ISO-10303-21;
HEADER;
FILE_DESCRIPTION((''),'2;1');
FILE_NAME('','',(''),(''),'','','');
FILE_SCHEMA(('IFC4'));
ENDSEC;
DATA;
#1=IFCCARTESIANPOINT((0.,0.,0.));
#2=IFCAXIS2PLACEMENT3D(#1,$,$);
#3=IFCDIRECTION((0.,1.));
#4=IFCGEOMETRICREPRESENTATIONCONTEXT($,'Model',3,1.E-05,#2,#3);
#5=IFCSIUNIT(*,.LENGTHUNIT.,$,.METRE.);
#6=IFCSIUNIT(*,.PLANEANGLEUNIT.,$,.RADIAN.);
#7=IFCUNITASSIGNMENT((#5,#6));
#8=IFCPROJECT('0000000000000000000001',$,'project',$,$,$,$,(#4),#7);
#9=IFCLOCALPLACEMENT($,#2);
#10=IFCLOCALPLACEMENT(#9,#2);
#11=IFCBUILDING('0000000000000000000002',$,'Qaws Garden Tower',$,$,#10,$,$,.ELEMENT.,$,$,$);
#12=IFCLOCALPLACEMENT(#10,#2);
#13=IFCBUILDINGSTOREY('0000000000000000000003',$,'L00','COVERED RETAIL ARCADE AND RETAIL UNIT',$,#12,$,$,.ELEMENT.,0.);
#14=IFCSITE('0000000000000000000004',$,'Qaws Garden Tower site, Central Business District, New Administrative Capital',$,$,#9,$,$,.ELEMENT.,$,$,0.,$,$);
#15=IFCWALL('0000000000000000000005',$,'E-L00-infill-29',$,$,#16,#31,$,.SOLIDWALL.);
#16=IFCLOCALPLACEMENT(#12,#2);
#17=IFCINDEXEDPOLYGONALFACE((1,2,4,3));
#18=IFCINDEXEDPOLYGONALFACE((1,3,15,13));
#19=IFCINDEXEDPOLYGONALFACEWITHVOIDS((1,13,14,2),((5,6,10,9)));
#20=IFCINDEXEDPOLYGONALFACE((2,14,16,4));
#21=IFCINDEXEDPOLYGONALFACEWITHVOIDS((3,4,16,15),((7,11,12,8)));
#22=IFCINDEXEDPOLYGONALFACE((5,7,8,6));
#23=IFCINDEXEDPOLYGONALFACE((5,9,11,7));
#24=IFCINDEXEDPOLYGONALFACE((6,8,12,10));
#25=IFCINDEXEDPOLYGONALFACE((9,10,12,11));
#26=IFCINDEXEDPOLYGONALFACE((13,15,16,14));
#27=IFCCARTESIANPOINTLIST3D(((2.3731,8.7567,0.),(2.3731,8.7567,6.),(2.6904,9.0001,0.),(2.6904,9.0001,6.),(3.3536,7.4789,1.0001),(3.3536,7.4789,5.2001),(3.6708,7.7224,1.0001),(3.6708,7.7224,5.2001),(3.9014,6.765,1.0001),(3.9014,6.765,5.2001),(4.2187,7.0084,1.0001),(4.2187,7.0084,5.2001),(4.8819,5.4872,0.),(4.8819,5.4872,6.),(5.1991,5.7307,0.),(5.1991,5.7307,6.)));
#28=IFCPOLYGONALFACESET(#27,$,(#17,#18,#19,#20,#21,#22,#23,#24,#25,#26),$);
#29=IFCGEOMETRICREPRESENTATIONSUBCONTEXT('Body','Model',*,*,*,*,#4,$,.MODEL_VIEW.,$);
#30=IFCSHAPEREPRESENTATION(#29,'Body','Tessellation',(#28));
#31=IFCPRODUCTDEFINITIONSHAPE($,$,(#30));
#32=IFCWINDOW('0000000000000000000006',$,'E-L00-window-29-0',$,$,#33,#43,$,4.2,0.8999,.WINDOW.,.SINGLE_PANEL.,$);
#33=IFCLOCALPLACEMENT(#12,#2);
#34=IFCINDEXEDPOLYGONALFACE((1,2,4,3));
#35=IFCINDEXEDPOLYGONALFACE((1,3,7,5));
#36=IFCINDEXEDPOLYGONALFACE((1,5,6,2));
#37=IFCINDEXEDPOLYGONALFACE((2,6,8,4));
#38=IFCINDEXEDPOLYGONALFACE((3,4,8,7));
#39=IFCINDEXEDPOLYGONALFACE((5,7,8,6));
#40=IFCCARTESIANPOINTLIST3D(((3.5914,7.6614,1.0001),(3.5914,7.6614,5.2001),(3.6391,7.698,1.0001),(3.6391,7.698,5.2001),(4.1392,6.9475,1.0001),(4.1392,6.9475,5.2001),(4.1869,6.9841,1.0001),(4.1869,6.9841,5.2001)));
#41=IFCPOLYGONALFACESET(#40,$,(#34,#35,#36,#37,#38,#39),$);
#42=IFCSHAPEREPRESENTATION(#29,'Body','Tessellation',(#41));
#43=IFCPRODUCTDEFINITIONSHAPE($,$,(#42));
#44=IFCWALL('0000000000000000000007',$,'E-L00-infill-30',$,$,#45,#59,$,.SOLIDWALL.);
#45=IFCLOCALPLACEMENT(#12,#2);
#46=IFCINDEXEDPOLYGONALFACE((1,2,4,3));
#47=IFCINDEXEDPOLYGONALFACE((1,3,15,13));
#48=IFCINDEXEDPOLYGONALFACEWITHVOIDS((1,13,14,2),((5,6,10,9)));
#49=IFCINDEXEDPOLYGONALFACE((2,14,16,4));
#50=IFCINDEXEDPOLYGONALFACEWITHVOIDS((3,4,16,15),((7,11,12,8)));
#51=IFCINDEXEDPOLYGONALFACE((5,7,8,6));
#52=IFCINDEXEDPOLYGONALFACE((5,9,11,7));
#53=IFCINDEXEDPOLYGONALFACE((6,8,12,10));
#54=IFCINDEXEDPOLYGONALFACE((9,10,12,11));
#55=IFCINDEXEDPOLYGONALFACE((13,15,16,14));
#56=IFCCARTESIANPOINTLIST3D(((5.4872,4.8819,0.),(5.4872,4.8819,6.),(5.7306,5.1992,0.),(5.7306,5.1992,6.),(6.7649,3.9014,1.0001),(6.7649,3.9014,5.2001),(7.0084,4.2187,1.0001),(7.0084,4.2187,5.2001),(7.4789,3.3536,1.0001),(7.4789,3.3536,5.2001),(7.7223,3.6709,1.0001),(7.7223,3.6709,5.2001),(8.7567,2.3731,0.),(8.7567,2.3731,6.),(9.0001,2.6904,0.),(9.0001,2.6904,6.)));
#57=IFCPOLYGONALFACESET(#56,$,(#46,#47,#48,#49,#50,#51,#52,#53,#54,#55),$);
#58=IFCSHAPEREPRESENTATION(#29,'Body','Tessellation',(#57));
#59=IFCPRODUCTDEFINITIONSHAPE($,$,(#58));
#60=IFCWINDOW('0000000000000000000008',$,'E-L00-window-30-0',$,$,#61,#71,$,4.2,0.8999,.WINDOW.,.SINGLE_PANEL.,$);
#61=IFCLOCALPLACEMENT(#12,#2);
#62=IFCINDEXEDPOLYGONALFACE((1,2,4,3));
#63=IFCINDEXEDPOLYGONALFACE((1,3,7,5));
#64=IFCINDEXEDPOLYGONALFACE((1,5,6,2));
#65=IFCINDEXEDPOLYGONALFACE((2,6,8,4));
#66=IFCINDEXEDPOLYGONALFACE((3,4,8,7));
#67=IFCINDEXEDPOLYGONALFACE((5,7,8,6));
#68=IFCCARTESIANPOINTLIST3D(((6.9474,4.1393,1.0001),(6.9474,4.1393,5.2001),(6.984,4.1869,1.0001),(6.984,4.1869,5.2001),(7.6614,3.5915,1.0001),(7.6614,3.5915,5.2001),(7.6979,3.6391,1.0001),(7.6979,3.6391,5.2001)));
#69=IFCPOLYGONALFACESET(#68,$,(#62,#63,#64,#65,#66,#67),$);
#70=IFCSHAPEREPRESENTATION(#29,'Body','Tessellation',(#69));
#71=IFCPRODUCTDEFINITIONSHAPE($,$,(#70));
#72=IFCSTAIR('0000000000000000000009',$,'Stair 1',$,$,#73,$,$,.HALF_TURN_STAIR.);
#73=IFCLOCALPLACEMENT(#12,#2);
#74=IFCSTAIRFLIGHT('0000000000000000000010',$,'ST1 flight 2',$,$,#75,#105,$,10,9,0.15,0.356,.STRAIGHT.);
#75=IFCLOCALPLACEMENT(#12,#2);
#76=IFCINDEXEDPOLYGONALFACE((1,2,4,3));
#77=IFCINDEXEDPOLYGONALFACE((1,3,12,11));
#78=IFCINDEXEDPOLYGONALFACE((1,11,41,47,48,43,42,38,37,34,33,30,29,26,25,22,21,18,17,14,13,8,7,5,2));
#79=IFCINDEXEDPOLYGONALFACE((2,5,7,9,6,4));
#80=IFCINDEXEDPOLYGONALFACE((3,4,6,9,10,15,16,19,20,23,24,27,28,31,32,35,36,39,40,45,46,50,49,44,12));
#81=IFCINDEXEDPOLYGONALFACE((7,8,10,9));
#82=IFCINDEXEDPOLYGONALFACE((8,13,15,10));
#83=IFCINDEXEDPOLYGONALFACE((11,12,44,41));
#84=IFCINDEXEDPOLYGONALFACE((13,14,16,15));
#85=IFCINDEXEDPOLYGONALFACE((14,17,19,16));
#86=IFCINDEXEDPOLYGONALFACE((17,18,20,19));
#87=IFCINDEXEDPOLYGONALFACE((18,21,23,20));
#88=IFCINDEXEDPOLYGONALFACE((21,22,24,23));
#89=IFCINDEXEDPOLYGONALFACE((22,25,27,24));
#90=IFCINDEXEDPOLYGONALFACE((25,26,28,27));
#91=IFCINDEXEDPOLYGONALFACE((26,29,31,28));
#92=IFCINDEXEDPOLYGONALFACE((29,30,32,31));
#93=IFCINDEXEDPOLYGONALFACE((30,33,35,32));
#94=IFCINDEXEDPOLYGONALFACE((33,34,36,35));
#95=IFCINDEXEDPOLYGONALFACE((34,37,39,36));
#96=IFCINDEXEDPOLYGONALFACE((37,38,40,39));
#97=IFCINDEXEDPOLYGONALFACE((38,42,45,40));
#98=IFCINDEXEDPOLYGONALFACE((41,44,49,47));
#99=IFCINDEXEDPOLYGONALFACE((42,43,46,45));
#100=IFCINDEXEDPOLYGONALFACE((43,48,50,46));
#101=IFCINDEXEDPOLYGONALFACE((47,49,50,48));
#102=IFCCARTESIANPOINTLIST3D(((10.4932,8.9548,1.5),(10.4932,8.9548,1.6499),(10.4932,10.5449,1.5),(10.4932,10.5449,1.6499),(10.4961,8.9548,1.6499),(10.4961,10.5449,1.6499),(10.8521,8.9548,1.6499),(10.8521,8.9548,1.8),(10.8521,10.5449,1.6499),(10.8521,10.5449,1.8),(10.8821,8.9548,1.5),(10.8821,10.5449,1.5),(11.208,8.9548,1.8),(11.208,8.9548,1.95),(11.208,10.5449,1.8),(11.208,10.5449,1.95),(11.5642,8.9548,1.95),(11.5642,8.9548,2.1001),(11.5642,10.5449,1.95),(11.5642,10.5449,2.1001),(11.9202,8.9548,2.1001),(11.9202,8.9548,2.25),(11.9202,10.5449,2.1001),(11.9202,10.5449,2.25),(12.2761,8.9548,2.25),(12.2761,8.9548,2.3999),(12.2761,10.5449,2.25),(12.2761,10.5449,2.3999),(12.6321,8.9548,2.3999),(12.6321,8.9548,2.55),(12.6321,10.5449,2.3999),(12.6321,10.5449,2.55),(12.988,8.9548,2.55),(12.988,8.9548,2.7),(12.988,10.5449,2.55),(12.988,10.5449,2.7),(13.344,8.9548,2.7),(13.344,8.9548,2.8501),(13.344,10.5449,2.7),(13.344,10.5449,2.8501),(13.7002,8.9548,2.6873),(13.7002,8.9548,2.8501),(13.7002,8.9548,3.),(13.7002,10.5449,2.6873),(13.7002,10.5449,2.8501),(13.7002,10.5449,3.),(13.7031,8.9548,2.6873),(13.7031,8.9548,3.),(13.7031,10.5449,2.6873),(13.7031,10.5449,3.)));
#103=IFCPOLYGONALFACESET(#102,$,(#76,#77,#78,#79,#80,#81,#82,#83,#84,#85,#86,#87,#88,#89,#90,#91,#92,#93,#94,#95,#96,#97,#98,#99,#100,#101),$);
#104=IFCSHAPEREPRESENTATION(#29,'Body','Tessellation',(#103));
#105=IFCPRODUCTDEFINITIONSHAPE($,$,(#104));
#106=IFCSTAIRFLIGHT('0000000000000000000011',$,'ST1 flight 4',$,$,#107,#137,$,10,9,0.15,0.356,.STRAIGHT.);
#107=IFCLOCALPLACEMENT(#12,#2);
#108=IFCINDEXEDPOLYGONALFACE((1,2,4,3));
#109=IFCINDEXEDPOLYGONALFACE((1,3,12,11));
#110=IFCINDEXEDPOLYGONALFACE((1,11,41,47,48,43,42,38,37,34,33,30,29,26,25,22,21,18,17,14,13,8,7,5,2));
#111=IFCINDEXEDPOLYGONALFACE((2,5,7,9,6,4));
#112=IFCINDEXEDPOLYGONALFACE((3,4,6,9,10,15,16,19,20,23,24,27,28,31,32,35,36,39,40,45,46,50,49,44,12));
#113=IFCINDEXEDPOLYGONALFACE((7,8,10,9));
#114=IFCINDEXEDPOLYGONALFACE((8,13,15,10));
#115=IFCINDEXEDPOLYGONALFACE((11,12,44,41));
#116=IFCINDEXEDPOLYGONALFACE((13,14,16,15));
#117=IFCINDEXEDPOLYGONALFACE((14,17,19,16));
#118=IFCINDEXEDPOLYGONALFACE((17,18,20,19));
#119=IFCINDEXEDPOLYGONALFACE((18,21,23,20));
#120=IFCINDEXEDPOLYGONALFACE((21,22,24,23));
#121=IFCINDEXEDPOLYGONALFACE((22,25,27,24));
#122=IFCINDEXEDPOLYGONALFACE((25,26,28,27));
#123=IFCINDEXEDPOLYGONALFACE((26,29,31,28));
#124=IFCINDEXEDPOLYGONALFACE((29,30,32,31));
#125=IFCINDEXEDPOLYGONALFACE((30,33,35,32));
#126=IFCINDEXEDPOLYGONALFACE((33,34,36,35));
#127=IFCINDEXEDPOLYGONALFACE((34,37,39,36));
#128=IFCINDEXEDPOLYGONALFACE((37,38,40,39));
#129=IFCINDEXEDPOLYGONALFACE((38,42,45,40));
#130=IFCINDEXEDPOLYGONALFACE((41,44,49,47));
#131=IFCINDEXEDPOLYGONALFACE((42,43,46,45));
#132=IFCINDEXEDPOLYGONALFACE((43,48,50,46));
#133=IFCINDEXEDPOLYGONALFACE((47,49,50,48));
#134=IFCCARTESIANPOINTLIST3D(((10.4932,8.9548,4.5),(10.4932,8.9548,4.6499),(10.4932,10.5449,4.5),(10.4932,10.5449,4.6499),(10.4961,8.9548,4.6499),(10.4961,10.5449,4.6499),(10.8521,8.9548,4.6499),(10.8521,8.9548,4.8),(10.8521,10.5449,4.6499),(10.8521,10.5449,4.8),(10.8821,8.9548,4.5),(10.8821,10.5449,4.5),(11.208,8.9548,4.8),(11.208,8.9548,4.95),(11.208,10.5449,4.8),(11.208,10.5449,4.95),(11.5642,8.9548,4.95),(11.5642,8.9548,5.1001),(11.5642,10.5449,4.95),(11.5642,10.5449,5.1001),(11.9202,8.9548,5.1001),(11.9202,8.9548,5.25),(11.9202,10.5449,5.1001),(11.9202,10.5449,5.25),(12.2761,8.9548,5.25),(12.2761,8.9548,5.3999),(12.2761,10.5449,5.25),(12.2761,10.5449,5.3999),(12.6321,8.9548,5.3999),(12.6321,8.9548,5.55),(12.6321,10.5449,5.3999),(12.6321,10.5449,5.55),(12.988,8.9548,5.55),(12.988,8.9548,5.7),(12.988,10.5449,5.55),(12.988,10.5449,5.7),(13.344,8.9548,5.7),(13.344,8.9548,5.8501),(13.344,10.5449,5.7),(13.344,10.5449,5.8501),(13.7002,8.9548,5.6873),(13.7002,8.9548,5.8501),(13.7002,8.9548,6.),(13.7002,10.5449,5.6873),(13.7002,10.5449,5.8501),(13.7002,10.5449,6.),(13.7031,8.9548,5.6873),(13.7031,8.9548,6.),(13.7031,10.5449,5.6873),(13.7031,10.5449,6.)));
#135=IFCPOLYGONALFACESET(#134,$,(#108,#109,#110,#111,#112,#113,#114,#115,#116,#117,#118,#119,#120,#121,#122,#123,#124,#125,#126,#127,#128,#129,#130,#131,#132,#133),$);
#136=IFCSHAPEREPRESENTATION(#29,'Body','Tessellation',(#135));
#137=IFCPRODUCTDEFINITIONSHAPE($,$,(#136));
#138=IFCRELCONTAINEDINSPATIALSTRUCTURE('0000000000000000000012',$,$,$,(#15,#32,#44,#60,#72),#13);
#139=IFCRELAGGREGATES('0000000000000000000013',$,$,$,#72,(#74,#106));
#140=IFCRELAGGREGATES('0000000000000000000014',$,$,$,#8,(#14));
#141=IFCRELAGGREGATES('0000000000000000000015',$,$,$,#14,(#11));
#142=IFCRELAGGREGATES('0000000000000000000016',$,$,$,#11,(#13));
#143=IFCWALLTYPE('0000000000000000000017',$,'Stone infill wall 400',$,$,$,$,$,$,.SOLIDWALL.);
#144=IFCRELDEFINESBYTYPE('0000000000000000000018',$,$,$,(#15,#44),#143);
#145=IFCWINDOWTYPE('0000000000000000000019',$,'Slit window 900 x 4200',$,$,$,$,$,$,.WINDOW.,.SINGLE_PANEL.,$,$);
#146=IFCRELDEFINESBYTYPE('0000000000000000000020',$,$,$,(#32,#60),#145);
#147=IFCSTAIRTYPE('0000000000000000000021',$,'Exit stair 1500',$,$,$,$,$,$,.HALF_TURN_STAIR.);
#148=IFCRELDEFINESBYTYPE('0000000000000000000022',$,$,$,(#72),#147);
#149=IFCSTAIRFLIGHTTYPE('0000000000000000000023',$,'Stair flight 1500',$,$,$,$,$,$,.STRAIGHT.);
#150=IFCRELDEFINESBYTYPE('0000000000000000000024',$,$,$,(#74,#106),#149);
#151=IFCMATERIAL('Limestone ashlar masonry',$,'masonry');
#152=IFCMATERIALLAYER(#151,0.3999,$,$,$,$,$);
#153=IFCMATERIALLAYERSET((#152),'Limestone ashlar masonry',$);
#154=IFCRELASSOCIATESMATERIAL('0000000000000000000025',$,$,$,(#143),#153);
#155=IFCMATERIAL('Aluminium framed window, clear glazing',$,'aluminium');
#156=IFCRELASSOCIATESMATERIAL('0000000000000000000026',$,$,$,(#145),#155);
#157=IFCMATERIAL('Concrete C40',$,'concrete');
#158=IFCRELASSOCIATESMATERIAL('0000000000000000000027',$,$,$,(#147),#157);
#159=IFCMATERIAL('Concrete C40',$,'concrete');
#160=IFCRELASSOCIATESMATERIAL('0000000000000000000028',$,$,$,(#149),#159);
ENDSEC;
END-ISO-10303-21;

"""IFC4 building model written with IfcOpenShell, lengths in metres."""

from ifc_helpers import new_model, si_unit, direction, frame, frame_2d, origin, place, context, subcontext, project, spatial, polyline, rectangle, outline, extrude, material, layer, layer_set, type_object, element, fill, aggregate, save


model = new_model("IFC4")

# Units and contexts
model_context = context("Model", 3, precision=1e-05, world=origin(), true_north=direction((0.0, 1.0)))
body_context = subcontext(model_context, "Body", "Model", "MODEL_VIEW")
ifc_project = project(units=[si_unit("LENGTHUNIT", "METRE"), si_unit("PLANEANGLEUNIT", "RADIAN")], contexts=[model_context])

# Site, building, storey
site_placement = place(None, origin())
site = spatial("IfcSite", under=ifc_project, at=site_placement, Name="Qaws Garden Tower site, Central Business District, New Administrative Capital", CompositionType="ELEMENT", RefElevation=0.0)
building_placement = place(site_placement, origin())
building = spatial("IfcBuilding", under=site, at=building_placement, Name="Qaws Garden Tower", CompositionType="ELEMENT")
storey_placement = place(building_placement, origin())
storey = spatial("IfcBuildingStorey", under=building, at=storey_placement, Name="L00", Description="COVERED RETAIL ARCADE AND RETAIL UNIT", CompositionType="ELEMENT", Elevation=0.0)

# Walls, openings, windows
ifc_material_1 = material(Name="Limestone ashlar masonry", Category="masonry")
ifc_layer_1 = layer(ifc_material_1, 0.3999)
ifc_layer_set_1 = layer_set([ifc_layer_1], Name="Limestone ashlar masonry")
wall_type_1 = type_object("IfcWallType", Name="Stone infill wall 400", PredefinedType="SOLIDWALL", material=ifc_layer_set_1)
ifc_material_2 = material(Name="Aluminium framed window, clear glazing", Category="aluminium")
window_type = type_object("IfcWindowType", Name="Slit window 900 x 4200", PartitioningType="SINGLE_PANEL", PredefinedType="WINDOW", material=ifc_material_2)
wall_1_placement = place(storey_placement, frame((2.5317, 8.8784, 0.0), z_axis=(0.0, 0.0, 1.0), x_axis=(0.60876, -0.793355, 0.0)))
wall_1 = element("IfcWall", 1, at=wall_1_placement, inside=storey, type_object=wall_type_1, Name="E-L00-infill-29", PredefinedType="SOLIDWALL", context=body_context, shape_type="SweptSolid", body=[
    extrude(rectangle(XDim=4.1211, YDim=0.3999, at=frame_2d((2.0605, 0.0))), origin(), (0.0, 0.0, 1.0), 6.0),
])
opening_1_placement = place(wall_1_placement, frame((1.6106, 0.0, 1.0)))
opening_1 = element("IfcOpeningElement", 2, at=opening_1_placement, cuts=wall_1, PredefinedType="OPENING", context=body_context, shape_type="SweptSolid", body=[
    extrude(rectangle(XDim=0.8999, YDim=4.2, at=frame_2d((0.45, 2.1001))), frame((0.0, 0.21, 0.0), z_axis=(0.0, -1.0, 0.0), x_axis=(1.0, 0.0, 0.0)), (0.0, 0.0, 1.0), 0.4199),
])
window_1_placement = place(opening_1_placement, origin())
window_1 = element("IfcWindow", 3, at=window_1_placement, inside=storey, type_object=window_type, Name="E-L00-window-29-0", OverallHeight=4.2, OverallWidth=0.8999, PartitioningType="SINGLE_PANEL", PredefinedType="WINDOW", context=body_context, shape_type="SweptSolid", body=[
    extrude(rectangle(XDim=0.8999, YDim=4.2, at=frame_2d((0.45, 2.1001))), frame((0.0, 0.1599, 0.0), z_axis=(0.0, -1.0, 0.0), x_axis=(1.0, 0.0, 0.0)), (0.0, 0.0, 1.0), 0.0601),
])
fill(opening_1, window_1)
wall_2_placement = place(storey_placement, frame((5.6089, 5.0405, 0.0), z_axis=(0.0, 0.0, 1.0), x_axis=(0.793355, -0.60876, 0.0)))
wall_2 = element("IfcWall", 4, at=wall_2_placement, inside=storey, type_object=wall_type_1, Name="E-L00-infill-30", PredefinedType="SOLIDWALL", context=body_context, shape_type="SweptSolid", body=[
    extrude(rectangle(XDim=4.1211, YDim=0.3999, at=frame_2d((2.0605, 0.0))), origin(), (0.0, 0.0, 1.0), 6.0),
])
opening_2_placement = place(wall_2_placement, frame((1.6106, 0.0, 1.0)))
opening_2 = element("IfcOpeningElement", 5, at=opening_2_placement, cuts=wall_2, PredefinedType="OPENING", context=body_context, shape_type="SweptSolid", body=[
    extrude(rectangle(XDim=0.8999, YDim=4.2, at=frame_2d((0.45, 2.1001))), frame((0.0, 0.21, 0.0), z_axis=(0.0, -1.0, 0.0), x_axis=(1.0, 0.0, 0.0)), (0.0, 0.0, 1.0), 0.4199),
])
window_2_placement = place(opening_2_placement, origin())
window_2 = element("IfcWindow", 6, at=window_2_placement, inside=storey, type_object=window_type, Name="E-L00-window-30-0", OverallHeight=4.2, OverallWidth=0.8999, PartitioningType="SINGLE_PANEL", PredefinedType="WINDOW", context=body_context, shape_type="SweptSolid", body=[
    extrude(rectangle(XDim=0.8999, YDim=4.2, at=frame_2d((0.45, 2.1001))), frame((0.0, 0.1599, 0.0), z_axis=(0.0, -1.0, 0.0), x_axis=(1.0, 0.0, 0.0)), (0.0, 0.0, 1.0), 0.0601),
])
fill(opening_2, window_2)

# Stair, stair flights
ifc_material_3 = material(Name="Concrete C40", Category="concrete")
stair_type = type_object("IfcStairType", Name="Exit stair 1500", PredefinedType="HALF_TURN_STAIR", material=ifc_material_3)
stair_placement = place(storey_placement, origin())
stair = element("IfcStair", 7, at=stair_placement, inside=storey, type_object=stair_type, Name="Stair 1", PredefinedType="HALF_TURN_STAIR")
ifc_material_4 = material(Name="Concrete C40", Category="concrete")
stair_flight_type = type_object("IfcStairFlightType", Name="Stair flight 1500", PredefinedType="STRAIGHT", material=ifc_material_4)
stair_flight_1_placement = place(storey_placement, frame((10.4961, 9.75, 1.5), z_axis=(0.0, 0.0, 1.0), x_axis=(1.0, 0.0, 0.0)))
stair_flight_1 = element("IfcStairFlight", 8, at=stair_flight_1_placement, type_object=stair_flight_type, Name="ST1 flight 2", NumberOfRisers=10, NumberOfTreads=9, PredefinedType="STRAIGHT", RiserHeight=0.15, TreadLength=0.356, context=body_context, shape_type="SweptSolid", body=[
    extrude(outline(polyline([(-0.0029, 0.0), (-0.0029, 0.1499), (0.0, 0.1499), (0.356, 0.1499), (0.356, 0.3), (0.7119, 0.3), (0.7119, 0.45), (1.0681, 0.45), (1.0681, 0.6001), (1.4241, 0.6001), (1.4241, 0.75), (1.78, 0.75), (1.78, 0.8999), (2.136, 0.8999), (2.136, 1.05), (2.4919, 1.05), (2.4919, 1.2), (2.8479, 1.2), (2.8479, 1.3501), (3.2041, 1.3501), (3.2041, 1.5), (3.207, 1.5), (3.207, 1.1873), (3.2041, 1.1873), (0.386, 0.0), (-0.0029, 0.0)])), frame((0.0, 0.7949, 0.0), z_axis=(0.0, -1.0, 0.0), x_axis=(1.0, 0.0, 0.0)), (0.0, 0.0, 1.0), 1.5901),
])
stair_flight_2_placement = place(storey_placement, frame((10.4961, 9.75, 4.5), z_axis=(0.0, 0.0, 1.0), x_axis=(1.0, 0.0, 0.0)))
stair_flight_2 = element("IfcStairFlight", 9, at=stair_flight_2_placement, type_object=stair_flight_type, Name="ST1 flight 4", NumberOfRisers=10, NumberOfTreads=9, PredefinedType="STRAIGHT", RiserHeight=0.15, TreadLength=0.356, context=body_context, shape_type="SweptSolid", body=[
    extrude(outline(polyline([(-0.0029, 0.0), (-0.0029, 0.1499), (0.0, 0.1499), (0.356, 0.1499), (0.356, 0.3), (0.7119, 0.3), (0.7119, 0.45), (1.0681, 0.45), (1.0681, 0.6001), (1.4241, 0.6001), (1.4241, 0.75), (1.78, 0.75), (1.78, 0.8999), (2.136, 0.8999), (2.136, 1.05), (2.4919, 1.05), (2.4919, 1.2), (2.8479, 1.2), (2.8479, 1.3501), (3.2041, 1.3501), (3.2041, 1.5), (3.207, 1.5), (3.207, 1.1873), (3.2041, 1.1873), (0.386, 0.0), (-0.0029, 0.0)])), frame((0.0, 0.7949, 0.0), z_axis=(0.0, -1.0, 0.0), x_axis=(1.0, 0.0, 0.0)), (0.0, 0.0, 1.0), 1.5901),
])
aggregate(stair, [stair_flight_1, stair_flight_2])

save(model, "model.ifc")
